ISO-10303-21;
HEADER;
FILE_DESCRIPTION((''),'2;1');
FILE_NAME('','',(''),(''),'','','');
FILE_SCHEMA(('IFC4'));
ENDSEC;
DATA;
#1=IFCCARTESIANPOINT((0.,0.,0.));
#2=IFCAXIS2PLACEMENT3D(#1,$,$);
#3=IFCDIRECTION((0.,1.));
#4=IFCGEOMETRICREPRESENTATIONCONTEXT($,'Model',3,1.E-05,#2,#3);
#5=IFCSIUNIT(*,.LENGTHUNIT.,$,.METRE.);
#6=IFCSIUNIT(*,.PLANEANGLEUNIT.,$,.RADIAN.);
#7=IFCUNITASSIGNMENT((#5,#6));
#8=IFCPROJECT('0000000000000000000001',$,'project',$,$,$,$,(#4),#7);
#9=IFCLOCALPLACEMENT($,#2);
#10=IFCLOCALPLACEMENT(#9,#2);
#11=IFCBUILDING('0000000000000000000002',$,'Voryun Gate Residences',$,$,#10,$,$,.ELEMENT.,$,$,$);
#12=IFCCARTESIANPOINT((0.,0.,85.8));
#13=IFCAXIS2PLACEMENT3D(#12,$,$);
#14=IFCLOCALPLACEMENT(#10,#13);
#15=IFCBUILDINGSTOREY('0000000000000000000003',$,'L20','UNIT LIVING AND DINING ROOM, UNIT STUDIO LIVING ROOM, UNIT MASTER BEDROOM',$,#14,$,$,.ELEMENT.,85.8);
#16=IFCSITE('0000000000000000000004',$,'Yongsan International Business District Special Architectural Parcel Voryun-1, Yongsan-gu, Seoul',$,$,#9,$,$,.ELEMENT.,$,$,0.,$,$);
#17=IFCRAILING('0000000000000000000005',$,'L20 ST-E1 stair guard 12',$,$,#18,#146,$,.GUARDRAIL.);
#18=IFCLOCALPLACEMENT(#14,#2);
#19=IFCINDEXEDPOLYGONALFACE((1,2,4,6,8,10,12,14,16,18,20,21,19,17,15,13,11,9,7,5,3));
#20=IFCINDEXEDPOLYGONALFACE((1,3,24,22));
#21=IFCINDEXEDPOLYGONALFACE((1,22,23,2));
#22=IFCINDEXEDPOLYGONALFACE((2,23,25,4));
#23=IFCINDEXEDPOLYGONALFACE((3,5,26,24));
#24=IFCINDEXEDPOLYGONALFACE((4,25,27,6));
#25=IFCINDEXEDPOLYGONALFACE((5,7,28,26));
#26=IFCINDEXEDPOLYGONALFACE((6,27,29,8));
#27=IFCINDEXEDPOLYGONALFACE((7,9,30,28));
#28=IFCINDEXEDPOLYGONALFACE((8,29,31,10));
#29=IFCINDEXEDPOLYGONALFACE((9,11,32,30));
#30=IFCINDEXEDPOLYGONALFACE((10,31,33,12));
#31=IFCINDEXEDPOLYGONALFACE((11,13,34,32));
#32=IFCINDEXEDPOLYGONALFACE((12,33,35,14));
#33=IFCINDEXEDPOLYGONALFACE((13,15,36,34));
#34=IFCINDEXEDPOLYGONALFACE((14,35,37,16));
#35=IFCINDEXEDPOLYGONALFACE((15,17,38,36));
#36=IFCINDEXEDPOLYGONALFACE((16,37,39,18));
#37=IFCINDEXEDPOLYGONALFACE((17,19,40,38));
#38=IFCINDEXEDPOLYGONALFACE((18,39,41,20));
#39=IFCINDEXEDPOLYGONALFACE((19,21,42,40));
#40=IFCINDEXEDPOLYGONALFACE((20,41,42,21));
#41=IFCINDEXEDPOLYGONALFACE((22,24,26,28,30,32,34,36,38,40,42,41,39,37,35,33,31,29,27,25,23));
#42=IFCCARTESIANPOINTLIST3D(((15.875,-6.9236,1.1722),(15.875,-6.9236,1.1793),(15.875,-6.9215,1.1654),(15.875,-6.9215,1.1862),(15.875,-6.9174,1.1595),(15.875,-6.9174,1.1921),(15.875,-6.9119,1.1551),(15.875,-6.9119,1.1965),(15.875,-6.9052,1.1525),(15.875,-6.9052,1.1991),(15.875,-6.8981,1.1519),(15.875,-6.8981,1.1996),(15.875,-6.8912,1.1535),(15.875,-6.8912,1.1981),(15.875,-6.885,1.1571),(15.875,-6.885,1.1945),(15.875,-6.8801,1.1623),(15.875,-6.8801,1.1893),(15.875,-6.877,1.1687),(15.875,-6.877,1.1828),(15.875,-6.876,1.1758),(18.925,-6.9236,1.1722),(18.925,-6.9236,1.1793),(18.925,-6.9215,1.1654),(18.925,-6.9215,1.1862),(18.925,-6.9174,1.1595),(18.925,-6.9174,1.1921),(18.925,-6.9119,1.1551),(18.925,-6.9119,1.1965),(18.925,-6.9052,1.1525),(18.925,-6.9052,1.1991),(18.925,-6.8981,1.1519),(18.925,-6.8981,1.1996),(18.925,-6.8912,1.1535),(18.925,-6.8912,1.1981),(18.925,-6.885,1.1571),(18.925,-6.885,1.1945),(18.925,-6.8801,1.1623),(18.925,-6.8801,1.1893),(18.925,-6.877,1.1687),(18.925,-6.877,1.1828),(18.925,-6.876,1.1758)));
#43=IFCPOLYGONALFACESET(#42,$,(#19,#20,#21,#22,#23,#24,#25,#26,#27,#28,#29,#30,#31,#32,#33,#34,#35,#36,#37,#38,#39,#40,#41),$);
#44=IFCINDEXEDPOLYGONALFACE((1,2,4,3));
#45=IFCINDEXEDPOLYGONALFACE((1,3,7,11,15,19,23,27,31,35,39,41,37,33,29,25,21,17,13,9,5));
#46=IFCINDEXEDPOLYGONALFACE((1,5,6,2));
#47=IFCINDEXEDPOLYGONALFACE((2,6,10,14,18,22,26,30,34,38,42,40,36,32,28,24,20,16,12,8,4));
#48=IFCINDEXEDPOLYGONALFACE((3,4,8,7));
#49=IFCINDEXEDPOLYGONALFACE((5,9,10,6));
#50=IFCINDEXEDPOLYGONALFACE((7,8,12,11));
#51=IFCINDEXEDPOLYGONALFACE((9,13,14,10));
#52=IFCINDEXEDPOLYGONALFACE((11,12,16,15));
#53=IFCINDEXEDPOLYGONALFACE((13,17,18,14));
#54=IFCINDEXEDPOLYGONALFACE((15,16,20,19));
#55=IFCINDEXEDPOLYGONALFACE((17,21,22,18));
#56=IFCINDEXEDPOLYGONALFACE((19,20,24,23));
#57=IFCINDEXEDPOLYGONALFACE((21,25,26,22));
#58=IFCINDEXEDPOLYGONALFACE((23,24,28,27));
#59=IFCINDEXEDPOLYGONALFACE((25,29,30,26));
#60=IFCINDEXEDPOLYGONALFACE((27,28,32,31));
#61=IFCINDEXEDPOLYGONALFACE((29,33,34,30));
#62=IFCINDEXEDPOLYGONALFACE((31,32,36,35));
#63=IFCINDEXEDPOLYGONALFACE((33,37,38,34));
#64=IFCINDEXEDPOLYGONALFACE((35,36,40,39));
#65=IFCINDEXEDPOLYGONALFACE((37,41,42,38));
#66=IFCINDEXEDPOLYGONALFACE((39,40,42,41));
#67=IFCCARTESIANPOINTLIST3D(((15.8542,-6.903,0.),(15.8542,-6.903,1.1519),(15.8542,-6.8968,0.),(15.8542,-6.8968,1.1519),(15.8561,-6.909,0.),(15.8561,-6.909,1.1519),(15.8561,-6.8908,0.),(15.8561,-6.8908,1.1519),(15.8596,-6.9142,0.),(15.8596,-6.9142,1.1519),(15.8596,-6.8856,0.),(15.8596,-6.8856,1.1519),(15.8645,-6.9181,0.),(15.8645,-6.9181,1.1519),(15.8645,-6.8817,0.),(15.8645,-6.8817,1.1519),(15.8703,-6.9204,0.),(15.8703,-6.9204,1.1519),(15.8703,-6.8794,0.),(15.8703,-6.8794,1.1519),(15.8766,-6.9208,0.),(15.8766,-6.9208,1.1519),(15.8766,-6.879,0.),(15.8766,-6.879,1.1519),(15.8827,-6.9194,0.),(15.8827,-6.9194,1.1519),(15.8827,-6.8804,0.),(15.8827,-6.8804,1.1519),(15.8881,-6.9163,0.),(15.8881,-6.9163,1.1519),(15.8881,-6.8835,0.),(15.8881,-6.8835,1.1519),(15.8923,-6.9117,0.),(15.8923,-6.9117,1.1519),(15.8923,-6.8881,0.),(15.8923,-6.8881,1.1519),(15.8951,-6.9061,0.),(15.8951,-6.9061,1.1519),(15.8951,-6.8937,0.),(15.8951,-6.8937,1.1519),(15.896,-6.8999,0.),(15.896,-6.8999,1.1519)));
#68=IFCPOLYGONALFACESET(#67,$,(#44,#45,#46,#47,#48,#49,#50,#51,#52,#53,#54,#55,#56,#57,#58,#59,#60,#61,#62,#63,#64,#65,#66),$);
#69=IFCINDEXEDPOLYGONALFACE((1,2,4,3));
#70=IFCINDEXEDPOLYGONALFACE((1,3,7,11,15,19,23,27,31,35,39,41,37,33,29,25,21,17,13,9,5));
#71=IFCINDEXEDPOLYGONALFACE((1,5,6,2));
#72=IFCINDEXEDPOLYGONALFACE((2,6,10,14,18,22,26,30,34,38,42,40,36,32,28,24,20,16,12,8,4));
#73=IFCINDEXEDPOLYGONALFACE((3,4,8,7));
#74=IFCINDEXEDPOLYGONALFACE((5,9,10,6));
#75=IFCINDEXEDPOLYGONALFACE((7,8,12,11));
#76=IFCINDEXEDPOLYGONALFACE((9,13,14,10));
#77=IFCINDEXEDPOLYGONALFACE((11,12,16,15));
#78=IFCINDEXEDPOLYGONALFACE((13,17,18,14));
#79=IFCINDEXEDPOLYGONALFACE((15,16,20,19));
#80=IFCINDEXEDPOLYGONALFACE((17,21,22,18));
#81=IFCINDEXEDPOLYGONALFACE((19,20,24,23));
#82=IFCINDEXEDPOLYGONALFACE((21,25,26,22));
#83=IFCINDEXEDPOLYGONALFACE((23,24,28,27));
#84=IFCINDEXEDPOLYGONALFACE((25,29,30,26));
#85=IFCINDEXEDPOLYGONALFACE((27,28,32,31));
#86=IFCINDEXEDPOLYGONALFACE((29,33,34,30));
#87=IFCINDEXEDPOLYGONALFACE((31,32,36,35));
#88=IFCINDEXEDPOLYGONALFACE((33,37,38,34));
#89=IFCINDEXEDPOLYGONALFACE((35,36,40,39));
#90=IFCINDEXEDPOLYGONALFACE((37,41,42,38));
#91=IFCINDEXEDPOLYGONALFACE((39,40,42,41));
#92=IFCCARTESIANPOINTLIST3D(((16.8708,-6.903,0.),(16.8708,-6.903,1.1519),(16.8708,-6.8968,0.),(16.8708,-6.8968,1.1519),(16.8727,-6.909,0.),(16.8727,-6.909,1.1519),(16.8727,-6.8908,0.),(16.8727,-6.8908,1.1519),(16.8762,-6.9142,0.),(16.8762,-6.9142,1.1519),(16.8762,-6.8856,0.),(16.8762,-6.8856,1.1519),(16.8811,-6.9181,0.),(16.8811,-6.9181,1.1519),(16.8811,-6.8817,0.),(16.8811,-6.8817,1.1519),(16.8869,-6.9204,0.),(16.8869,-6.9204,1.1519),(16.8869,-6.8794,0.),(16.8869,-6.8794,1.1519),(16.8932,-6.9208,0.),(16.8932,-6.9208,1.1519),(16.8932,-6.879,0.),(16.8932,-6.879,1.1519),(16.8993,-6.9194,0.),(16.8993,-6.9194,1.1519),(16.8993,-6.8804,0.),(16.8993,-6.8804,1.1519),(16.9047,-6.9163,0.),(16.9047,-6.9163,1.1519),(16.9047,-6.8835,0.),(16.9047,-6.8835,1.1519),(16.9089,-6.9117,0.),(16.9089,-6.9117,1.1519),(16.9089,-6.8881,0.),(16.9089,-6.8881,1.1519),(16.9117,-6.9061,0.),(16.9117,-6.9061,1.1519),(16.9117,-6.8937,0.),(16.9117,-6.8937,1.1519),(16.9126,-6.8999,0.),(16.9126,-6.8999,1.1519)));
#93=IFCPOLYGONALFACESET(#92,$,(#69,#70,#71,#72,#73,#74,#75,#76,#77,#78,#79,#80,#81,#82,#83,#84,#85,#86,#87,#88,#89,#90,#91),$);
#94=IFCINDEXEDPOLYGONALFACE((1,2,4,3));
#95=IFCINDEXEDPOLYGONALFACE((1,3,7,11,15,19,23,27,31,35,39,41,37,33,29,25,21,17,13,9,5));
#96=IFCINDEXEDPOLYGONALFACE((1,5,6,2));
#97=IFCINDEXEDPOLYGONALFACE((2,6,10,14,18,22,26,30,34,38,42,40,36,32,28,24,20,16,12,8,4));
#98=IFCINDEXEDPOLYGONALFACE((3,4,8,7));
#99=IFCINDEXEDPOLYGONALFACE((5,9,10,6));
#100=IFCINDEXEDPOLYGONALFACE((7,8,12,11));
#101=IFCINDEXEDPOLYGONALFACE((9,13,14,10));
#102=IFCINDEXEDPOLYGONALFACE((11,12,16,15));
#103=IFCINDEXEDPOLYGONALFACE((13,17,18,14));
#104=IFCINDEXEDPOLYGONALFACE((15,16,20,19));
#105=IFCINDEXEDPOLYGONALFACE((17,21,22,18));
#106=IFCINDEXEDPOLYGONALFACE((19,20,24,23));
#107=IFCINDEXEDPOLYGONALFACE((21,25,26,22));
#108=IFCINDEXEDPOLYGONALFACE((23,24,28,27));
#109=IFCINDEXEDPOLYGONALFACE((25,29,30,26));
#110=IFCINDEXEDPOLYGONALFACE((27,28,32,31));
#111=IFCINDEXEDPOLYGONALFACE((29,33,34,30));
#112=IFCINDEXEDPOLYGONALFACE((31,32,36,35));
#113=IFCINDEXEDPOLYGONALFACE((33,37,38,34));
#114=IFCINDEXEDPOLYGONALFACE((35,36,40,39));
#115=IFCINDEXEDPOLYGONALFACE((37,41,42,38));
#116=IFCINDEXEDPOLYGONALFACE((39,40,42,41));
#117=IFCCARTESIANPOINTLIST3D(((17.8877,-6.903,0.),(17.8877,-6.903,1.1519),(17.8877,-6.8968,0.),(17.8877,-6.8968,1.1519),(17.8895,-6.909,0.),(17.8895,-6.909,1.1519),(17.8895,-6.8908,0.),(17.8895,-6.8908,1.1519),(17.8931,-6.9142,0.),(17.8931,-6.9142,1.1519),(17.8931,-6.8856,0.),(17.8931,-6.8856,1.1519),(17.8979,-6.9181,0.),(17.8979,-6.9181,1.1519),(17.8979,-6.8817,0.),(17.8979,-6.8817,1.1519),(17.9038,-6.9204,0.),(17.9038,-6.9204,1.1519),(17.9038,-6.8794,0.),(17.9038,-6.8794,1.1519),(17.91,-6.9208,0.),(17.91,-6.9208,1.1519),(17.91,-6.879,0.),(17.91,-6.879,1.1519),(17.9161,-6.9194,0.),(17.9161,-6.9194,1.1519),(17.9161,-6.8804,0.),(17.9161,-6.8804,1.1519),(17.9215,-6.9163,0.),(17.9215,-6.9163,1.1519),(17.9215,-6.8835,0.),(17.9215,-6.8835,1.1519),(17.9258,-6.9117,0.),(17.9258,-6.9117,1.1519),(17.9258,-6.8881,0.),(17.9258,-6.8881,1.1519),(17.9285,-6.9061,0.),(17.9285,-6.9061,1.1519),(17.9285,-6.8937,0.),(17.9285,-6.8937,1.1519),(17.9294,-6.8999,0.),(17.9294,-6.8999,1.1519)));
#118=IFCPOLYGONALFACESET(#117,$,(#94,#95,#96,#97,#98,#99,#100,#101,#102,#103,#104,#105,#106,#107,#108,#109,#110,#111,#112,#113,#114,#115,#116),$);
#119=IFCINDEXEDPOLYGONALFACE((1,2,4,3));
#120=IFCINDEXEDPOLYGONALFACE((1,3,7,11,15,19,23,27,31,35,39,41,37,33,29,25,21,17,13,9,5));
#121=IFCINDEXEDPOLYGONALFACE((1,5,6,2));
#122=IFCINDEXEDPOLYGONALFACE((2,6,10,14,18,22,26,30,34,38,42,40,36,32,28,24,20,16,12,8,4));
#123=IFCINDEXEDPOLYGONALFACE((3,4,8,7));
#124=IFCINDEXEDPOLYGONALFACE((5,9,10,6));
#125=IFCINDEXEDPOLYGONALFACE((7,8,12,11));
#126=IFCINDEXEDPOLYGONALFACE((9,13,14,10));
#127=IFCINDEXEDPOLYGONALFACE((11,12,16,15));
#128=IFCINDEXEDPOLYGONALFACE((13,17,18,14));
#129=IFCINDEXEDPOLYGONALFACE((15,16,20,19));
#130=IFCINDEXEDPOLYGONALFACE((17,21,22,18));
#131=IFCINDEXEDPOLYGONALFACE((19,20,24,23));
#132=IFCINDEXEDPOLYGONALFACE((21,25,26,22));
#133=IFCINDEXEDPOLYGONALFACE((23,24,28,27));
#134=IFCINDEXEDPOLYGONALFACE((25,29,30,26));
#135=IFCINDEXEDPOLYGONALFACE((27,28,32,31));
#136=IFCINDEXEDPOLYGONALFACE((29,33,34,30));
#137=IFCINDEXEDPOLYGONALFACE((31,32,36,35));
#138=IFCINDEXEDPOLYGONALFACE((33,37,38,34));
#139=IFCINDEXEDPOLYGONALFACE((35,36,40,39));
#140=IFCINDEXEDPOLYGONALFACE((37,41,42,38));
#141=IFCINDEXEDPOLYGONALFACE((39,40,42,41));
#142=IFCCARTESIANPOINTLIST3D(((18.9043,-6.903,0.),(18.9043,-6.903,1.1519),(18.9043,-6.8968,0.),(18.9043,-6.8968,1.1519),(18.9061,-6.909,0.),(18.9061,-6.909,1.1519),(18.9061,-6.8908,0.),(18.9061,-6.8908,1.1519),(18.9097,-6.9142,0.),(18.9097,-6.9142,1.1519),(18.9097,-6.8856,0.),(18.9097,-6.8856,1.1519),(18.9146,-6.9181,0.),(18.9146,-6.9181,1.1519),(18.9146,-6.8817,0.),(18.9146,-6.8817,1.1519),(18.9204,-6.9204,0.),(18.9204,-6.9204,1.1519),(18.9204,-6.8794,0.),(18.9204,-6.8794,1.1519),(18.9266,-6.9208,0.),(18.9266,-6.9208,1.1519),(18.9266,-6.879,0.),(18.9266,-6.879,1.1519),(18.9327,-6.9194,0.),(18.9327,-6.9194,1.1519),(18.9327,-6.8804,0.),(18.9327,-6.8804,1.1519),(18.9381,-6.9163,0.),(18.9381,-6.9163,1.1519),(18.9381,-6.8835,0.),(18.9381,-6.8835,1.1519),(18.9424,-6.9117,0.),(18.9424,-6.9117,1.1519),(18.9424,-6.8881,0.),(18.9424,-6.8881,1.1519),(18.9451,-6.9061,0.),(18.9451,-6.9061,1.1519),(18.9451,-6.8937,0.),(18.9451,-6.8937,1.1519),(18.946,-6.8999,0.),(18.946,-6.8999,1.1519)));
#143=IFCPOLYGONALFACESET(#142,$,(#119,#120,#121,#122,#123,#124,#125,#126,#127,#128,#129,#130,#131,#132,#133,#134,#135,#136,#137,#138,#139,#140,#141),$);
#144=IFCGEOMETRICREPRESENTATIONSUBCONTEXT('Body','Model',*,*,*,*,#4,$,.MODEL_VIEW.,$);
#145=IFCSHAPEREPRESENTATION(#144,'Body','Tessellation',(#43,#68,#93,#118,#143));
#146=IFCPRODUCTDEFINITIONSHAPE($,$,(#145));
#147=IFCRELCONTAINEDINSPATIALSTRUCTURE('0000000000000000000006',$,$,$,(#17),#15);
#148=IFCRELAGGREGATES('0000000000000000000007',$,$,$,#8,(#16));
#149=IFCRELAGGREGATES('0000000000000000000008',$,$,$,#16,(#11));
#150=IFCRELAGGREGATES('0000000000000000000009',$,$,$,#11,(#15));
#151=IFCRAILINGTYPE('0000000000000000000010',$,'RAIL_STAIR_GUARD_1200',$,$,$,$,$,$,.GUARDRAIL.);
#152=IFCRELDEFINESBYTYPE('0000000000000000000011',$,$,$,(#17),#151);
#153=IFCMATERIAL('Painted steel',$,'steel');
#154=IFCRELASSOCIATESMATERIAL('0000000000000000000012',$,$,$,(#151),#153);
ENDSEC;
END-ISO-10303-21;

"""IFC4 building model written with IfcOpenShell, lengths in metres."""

from ifc_helpers import new_model, si_unit, direction, frame, origin, origin_2d, place, context, subcontext, project, spatial, circle, extrude, material, type_object, element, save


model = new_model("IFC4")

# Units and contexts
model_context = context("Model", 3, precision=1e-05, world=origin(), true_north=direction((0.0, 1.0)))
body_context = subcontext(model_context, "Body", "Model", "MODEL_VIEW")
ifc_project = project(units=[si_unit("LENGTHUNIT", "METRE"), si_unit("PLANEANGLEUNIT", "RADIAN")], contexts=[model_context])

# Site, building, storey
site_placement = place(None, origin())
site = spatial("IfcSite", under=ifc_project, at=site_placement, Name="Yongsan International Business District Special Architectural Parcel Voryun-1, Yongsan-gu, Seoul", CompositionType="ELEMENT", RefElevation=0.0)
building_placement = place(site_placement, origin())
building = spatial("IfcBuilding", under=site, at=building_placement, Name="Voryun Gate Residences", CompositionType="ELEMENT")
storey_placement = place(building_placement, frame((0.0, 0.0, 85.8)))
storey = spatial("IfcBuildingStorey", under=building, at=storey_placement, Name="L20", Description="UNIT LIVING AND DINING ROOM, UNIT STUDIO LIVING ROOM, UNIT MASTER BEDROOM", CompositionType="ELEMENT", Elevation=85.8)

# Railing
ifc_material_1 = material(Name="Painted steel", Category="steel")
railing_type_1 = type_object("IfcRailingType", Name="RAIL_STAIR_GUARD_1200", PredefinedType="GUARDRAIL", material=ifc_material_1)
railing_1_placement = place(storey_placement, frame((15.875, -6.8999, 0.0)))
element("IfcRailing", 1, at=railing_1_placement, inside=storey, type_object=railing_type_1, Name="L20 ST-E1 stair guard 12", PredefinedType="GUARDRAIL", context=body_context, shape_type="SweptSolid", body=[
    extrude(circle(Radius=0.0239, at=origin_2d()), frame((0.0, 0.0, 1.1758), z_axis=(1.0, 0.0, 0.0), x_axis=(0.0, 1.0, 0.0)), (0.0, 0.0, 1.0), 3.05),
    extrude(circle(Radius=0.021, at=origin_2d()), origin(), (0.0, 0.0, 1.0), 1.1519),
    extrude(circle(Radius=0.021, at=origin_2d()), frame((1.0166, 0.0, 0.0)), (0.0, 0.0, 1.0), 1.1519),
    extrude(circle(Radius=0.021, at=origin_2d()), frame((2.0334, 0.0, 0.0)), (0.0, 0.0, 1.0), 1.1519),
    extrude(circle(Radius=0.021, at=origin_2d()), frame((3.05, 0.0, 0.0)), (0.0, 0.0, 1.0), 1.1519),
])

save(model, "model.ifc")
